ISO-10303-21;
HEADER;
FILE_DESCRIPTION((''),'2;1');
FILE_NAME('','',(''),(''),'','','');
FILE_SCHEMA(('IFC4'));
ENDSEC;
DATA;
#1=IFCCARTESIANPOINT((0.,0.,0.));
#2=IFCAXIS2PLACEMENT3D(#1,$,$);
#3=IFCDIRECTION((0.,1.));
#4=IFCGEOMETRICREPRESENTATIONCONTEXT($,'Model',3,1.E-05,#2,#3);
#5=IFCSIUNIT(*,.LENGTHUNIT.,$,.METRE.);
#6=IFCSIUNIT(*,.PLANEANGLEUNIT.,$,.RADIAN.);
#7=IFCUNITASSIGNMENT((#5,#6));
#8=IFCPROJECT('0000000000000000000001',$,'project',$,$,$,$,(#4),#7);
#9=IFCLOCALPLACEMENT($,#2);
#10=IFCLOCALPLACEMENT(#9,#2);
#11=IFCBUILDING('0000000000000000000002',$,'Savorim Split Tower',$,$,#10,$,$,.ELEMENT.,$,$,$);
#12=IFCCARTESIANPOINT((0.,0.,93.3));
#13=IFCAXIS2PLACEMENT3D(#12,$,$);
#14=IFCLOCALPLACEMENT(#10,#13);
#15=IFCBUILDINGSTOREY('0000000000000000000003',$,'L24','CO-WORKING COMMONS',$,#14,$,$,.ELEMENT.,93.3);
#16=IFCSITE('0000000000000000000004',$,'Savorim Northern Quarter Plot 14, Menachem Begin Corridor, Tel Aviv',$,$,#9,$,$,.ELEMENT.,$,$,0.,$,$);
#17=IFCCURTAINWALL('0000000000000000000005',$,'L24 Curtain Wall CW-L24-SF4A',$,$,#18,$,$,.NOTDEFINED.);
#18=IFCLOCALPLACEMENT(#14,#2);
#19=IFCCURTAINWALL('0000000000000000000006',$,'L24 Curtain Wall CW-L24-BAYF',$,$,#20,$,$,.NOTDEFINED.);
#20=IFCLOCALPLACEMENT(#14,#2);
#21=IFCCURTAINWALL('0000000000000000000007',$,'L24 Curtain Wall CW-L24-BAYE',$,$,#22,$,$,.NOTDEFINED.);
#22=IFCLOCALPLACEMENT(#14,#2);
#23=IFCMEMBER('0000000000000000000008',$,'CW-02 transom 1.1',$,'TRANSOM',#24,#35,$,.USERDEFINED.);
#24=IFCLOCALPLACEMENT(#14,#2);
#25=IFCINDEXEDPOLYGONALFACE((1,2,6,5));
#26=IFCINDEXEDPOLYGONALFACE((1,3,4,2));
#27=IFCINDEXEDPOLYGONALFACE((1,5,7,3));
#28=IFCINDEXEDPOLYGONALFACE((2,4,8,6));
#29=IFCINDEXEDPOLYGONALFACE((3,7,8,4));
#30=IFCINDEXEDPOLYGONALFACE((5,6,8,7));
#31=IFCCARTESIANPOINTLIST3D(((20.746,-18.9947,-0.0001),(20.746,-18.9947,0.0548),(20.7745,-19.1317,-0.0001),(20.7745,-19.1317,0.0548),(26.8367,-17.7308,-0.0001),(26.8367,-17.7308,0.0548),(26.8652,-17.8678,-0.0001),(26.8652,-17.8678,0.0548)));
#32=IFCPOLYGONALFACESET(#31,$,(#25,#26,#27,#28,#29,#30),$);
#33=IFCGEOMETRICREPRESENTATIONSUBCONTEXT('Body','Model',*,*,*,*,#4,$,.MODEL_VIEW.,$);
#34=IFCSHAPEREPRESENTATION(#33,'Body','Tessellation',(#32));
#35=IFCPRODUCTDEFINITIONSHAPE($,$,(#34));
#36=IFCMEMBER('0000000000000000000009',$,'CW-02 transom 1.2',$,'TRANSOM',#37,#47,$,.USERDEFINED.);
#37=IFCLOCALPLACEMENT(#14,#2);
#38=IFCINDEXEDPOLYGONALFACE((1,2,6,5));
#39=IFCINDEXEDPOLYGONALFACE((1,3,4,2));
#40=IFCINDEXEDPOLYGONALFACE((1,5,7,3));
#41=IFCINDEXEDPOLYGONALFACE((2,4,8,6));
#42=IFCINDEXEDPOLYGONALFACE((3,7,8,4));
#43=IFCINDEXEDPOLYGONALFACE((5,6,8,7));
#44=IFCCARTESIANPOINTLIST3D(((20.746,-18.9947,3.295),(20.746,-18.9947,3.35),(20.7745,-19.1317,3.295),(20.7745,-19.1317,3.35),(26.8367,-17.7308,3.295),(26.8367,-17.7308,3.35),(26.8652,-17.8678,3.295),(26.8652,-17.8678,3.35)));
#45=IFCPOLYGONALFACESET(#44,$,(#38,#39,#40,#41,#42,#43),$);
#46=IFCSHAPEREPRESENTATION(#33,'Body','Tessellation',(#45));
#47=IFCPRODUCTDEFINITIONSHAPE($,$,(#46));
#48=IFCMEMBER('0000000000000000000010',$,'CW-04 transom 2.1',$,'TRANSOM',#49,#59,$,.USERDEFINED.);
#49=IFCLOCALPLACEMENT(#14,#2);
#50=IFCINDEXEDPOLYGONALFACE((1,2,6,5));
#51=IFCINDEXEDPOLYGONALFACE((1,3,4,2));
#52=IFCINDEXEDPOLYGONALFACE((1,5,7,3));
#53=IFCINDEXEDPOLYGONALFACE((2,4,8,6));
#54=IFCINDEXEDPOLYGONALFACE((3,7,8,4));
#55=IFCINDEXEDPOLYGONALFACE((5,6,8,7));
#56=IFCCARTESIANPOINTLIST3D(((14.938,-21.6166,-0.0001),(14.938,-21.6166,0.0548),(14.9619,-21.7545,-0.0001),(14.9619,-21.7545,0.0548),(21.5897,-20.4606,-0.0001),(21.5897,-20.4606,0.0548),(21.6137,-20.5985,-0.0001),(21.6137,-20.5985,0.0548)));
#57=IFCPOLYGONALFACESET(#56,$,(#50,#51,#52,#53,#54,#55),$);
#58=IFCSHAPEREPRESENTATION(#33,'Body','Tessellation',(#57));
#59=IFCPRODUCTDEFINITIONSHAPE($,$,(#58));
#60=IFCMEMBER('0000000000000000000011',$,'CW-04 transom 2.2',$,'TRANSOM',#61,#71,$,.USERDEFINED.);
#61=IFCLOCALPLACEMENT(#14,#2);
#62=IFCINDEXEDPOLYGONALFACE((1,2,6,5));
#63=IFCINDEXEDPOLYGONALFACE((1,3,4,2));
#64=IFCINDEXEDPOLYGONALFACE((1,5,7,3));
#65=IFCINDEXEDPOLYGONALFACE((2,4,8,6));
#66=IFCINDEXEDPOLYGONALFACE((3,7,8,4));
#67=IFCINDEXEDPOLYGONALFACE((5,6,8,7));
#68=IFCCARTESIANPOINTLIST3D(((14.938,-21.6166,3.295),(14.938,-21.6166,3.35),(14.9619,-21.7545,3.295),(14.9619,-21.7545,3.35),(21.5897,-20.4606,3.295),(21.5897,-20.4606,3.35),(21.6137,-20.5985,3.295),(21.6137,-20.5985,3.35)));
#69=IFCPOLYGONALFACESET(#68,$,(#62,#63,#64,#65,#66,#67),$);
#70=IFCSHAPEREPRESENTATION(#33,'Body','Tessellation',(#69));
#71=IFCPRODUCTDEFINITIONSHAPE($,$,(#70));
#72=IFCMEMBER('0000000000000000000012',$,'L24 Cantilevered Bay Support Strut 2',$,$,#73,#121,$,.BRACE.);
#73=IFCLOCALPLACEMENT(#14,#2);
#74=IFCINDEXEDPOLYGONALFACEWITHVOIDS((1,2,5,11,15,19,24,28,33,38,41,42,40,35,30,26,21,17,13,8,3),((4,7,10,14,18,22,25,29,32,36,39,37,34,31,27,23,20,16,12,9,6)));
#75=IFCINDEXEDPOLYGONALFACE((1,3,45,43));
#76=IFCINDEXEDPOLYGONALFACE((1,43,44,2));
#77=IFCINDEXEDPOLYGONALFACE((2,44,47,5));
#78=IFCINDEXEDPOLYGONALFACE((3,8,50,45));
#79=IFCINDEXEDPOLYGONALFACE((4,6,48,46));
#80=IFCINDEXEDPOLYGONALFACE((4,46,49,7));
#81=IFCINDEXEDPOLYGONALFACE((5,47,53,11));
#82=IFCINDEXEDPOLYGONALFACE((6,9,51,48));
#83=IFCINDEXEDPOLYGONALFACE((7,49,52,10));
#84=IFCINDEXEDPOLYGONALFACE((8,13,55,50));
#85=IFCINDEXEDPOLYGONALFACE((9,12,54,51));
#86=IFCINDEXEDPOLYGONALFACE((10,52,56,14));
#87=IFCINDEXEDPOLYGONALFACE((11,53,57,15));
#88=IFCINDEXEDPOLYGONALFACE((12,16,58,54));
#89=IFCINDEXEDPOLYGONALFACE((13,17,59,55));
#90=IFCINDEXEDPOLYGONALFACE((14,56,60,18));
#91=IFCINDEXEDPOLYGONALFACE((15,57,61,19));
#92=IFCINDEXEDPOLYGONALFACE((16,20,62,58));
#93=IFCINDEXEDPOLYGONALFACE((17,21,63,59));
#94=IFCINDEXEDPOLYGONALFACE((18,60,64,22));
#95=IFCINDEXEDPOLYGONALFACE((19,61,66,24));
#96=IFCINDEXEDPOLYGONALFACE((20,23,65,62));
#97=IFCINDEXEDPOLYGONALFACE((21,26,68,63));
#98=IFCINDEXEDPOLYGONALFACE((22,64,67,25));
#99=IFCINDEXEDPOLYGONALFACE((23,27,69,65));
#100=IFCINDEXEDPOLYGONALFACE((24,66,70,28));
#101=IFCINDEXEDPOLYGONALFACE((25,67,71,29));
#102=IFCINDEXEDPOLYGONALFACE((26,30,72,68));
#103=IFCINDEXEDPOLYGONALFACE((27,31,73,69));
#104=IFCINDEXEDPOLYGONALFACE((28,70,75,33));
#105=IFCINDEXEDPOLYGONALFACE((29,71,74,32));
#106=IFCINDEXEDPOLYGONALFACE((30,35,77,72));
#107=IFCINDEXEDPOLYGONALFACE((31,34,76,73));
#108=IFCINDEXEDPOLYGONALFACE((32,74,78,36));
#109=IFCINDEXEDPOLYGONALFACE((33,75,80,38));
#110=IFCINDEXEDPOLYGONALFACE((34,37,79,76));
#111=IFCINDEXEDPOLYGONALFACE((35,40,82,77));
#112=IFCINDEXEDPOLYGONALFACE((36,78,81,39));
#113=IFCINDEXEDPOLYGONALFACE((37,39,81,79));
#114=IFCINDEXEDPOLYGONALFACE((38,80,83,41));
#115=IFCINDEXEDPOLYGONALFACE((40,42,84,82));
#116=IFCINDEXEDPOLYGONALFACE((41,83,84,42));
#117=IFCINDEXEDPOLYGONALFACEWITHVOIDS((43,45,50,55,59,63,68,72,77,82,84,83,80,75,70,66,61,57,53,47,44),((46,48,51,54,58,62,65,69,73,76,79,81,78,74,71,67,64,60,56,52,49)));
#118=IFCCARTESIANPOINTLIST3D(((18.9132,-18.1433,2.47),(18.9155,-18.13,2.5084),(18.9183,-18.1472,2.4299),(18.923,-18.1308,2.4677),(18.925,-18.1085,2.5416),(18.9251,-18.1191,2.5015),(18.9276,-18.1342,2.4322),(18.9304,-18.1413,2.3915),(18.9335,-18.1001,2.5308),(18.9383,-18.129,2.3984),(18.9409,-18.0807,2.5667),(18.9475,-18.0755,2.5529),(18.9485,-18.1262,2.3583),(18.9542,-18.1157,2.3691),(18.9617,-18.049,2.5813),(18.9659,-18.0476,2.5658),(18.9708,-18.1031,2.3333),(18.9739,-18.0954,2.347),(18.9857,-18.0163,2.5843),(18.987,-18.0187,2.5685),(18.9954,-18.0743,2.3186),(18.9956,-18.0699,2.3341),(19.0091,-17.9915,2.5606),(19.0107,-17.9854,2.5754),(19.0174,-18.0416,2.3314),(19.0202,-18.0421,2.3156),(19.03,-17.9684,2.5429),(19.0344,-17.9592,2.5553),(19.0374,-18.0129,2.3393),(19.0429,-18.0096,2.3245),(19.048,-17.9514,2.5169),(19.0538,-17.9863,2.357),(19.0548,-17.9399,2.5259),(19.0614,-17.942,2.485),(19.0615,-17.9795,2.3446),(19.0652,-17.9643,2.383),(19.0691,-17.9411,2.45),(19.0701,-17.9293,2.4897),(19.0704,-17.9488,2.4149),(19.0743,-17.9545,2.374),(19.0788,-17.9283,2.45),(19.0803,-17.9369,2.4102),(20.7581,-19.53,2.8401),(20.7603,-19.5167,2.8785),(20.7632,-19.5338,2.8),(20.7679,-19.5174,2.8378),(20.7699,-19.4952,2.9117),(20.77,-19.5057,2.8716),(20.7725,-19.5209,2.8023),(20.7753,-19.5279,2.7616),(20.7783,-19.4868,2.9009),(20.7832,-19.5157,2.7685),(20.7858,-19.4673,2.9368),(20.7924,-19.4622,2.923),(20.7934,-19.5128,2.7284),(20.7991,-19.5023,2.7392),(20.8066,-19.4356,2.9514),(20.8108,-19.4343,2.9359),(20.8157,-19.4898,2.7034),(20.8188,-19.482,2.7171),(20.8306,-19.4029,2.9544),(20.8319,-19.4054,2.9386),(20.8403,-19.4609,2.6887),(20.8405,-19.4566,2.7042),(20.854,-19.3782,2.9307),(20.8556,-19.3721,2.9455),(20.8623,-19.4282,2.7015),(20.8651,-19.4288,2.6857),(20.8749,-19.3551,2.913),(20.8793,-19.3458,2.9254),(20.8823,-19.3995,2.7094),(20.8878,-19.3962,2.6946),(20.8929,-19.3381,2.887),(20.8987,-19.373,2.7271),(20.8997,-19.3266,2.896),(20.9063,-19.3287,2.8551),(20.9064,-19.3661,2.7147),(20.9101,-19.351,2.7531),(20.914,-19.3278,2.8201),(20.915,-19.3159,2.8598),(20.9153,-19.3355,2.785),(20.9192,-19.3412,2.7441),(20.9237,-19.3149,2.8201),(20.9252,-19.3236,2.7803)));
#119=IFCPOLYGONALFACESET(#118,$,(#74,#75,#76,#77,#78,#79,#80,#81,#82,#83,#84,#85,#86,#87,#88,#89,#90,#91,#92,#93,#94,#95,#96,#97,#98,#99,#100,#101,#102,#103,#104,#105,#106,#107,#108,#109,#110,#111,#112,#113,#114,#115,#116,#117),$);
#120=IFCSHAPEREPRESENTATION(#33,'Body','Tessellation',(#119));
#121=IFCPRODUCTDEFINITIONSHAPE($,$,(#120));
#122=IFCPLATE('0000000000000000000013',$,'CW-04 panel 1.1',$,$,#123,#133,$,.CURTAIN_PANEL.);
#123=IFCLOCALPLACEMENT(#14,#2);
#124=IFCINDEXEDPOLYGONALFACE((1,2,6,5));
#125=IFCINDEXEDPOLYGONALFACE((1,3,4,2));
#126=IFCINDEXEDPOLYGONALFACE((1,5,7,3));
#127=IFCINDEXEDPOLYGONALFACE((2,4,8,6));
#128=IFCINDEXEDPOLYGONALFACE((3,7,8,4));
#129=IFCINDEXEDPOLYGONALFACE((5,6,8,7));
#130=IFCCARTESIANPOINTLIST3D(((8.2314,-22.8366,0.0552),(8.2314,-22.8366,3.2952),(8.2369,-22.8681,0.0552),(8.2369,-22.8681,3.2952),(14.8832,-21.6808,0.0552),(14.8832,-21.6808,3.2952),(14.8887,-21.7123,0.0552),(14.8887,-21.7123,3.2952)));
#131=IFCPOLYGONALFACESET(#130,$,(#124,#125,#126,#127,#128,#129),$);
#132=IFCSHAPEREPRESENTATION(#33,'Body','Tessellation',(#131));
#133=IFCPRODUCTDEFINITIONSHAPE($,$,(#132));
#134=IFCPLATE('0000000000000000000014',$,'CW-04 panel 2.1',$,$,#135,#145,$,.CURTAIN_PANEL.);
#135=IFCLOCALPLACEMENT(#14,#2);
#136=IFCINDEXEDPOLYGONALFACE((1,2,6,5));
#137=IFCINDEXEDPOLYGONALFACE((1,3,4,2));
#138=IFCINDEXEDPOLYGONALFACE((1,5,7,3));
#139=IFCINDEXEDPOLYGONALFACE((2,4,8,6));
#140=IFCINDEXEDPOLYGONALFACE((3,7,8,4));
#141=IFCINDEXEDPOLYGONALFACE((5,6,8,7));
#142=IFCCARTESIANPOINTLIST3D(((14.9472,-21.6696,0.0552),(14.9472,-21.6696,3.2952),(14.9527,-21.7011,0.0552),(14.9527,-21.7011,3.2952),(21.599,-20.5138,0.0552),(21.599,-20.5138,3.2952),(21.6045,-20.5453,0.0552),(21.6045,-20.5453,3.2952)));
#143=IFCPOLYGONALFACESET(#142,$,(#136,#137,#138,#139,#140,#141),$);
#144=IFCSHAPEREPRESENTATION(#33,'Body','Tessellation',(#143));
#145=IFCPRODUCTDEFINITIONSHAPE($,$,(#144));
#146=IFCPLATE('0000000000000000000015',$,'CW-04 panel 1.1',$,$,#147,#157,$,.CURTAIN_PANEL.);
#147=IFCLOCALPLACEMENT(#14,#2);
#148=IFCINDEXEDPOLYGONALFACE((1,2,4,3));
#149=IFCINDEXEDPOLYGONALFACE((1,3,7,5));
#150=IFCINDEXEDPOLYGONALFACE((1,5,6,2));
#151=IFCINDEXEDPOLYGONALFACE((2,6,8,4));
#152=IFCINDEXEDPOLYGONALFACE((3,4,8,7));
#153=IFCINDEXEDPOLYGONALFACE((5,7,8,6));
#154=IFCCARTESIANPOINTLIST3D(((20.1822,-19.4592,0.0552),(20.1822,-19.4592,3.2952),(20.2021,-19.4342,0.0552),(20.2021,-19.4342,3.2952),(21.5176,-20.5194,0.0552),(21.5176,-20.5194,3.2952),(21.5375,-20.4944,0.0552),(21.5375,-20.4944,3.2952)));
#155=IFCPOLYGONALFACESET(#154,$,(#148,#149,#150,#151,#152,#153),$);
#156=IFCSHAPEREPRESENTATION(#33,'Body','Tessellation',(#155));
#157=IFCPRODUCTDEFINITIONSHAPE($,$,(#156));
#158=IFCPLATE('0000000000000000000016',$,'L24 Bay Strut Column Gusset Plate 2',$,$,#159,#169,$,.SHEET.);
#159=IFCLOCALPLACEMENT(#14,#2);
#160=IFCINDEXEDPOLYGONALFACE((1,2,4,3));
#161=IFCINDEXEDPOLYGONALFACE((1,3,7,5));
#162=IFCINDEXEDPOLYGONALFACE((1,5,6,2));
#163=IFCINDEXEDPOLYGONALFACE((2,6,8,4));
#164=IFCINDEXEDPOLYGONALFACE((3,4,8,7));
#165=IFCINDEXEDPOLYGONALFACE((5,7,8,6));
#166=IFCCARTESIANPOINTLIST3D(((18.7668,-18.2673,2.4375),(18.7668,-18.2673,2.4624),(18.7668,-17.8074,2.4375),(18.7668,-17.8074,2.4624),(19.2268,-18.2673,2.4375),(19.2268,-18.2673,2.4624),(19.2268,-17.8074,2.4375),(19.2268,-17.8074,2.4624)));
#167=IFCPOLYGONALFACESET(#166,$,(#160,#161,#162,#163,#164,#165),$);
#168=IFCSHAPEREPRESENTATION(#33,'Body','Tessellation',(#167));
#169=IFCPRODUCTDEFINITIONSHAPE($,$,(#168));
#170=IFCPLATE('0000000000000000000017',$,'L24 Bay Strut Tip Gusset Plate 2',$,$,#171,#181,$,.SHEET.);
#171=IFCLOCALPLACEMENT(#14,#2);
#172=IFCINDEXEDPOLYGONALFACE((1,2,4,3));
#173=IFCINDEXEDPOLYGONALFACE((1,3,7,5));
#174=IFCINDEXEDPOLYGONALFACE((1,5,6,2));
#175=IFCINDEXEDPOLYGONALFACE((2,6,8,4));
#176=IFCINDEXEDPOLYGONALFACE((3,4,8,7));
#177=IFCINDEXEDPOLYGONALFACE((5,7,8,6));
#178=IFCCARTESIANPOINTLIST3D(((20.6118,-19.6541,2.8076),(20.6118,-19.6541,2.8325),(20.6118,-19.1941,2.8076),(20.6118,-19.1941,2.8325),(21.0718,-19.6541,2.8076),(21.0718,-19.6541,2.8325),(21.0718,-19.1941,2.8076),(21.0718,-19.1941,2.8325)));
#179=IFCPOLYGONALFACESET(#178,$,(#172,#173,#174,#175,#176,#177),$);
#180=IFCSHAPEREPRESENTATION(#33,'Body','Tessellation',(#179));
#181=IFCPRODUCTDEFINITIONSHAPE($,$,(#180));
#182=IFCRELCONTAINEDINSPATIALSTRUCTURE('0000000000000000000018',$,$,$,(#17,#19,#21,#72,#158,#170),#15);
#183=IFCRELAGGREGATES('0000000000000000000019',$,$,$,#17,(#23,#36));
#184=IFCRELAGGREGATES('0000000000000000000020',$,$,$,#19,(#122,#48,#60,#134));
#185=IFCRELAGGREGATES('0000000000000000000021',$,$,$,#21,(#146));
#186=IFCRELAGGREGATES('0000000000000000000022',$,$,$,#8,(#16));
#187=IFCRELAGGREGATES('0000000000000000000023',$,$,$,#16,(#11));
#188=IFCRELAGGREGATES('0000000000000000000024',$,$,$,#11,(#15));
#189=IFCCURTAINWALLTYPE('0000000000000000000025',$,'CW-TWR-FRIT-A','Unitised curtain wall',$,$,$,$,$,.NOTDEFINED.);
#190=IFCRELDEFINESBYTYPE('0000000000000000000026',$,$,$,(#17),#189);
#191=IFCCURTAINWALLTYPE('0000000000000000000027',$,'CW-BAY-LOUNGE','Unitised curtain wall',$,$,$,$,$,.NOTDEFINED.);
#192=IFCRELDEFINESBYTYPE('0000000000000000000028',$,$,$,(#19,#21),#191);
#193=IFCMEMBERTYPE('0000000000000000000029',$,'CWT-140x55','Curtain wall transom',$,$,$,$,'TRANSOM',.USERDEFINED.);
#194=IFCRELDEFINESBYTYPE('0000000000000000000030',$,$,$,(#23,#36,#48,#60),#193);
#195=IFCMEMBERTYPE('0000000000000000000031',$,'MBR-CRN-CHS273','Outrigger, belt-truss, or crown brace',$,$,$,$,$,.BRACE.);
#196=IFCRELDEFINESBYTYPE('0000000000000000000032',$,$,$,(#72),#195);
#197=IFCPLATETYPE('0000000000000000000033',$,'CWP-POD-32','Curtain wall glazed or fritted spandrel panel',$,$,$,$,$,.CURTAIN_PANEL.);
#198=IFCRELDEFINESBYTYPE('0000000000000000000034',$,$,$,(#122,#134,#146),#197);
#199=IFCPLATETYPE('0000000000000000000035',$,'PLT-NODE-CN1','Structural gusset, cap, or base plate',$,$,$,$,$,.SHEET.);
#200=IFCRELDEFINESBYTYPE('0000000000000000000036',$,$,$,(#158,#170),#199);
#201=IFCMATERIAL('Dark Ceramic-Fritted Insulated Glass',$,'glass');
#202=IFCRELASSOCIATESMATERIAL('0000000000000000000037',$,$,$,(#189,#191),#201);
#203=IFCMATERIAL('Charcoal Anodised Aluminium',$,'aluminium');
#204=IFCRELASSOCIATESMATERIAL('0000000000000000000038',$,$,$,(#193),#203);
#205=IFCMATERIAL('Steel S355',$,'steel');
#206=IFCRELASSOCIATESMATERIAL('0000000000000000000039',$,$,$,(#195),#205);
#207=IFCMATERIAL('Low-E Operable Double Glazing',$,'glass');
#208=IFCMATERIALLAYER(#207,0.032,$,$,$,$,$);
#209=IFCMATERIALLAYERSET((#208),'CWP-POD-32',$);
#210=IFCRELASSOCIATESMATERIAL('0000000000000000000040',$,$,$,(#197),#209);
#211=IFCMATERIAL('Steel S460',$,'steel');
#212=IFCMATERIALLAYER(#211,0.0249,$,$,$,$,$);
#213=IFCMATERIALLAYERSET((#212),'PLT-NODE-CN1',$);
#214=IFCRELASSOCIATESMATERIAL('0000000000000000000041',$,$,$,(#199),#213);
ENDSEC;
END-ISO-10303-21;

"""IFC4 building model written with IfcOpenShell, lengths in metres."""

from ifc_helpers import new_model, si_unit, direction, frame, origin, origin_2d, place, context, subcontext, project, spatial, rectangle, hollow_circle, extrude, material, layer, layer_set, material_profile, profile_set, type_object, element, aggregate, save


model = new_model("IFC4")

# Units and contexts
model_context = context("Model", 3, precision=1e-05, world=origin(), true_north=direction((0.0, 1.0)))
body_context = subcontext(model_context, "Body", "Model", "MODEL_VIEW")
ifc_project = project(units=[si_unit("LENGTHUNIT", "METRE"), si_unit("PLANEANGLEUNIT", "RADIAN")], contexts=[model_context])

# Site, building, storey
site_placement = place(None, origin())
site = spatial("IfcSite", under=ifc_project, at=site_placement, Name="Savorim Northern Quarter Plot 14, Menachem Begin Corridor, Tel Aviv", CompositionType="ELEMENT", RefElevation=0.0)
building_placement = place(site_placement, origin())
building = spatial("IfcBuilding", under=site, at=building_placement, Name="Savorim Split Tower", CompositionType="ELEMENT")
storey_placement = place(building_placement, frame((0.0, 0.0, 93.3)))
storey = spatial("IfcBuildingStorey", under=building, at=storey_placement, Name="L24", Description="CO-WORKING COMMONS", CompositionType="ELEMENT", Elevation=93.3)

# Shared definitions
ifc_material_1 = material(Name="Steel S460", Category="steel")

# Shared definitions
ifc_material_2 = material(Name="Steel S355", Category="steel")

# Curtain walls
ifc_material_3 = material(Name="Dark Ceramic-Fritted Insulated Glass", Category="glass")
curtain_wall_type_1 = type_object("IfcCurtainWallType", Name="CW-TWR-FRIT-A", Description="Unitised curtain wall", PredefinedType="NOTDEFINED", material=ifc_material_3)
curtain_wall_1_placement = place(storey_placement, origin())
curtain_wall_1 = element("IfcCurtainWall", 1, at=curtain_wall_1_placement, inside=storey, type_object=curtain_wall_type_1, Name="L24 Curtain Wall CW-L24-SF4A", PredefinedType="NOTDEFINED")
ifc_material_4 = material(Name="Charcoal Anodised Aluminium", Category="aluminium")
curtain_wall_type_2 = type_object("IfcCurtainWallType", Name="CW-BAY-LOUNGE", Description="Unitised curtain wall", PredefinedType="NOTDEFINED", material=ifc_material_3)
curtain_wall_2_placement = place(storey_placement, origin())
curtain_wall_2 = element("IfcCurtainWall", 2, at=curtain_wall_2_placement, inside=storey, type_object=curtain_wall_type_2, Name="L24 Curtain Wall CW-L24-BAYF", PredefinedType="NOTDEFINED")
curtain_wall_3_placement = place(storey_placement, origin())
curtain_wall_3 = element("IfcCurtainWall", 3, at=curtain_wall_3_placement, inside=storey, type_object=curtain_wall_type_2, Name="L24 Curtain Wall CW-L24-BAYE", PredefinedType="NOTDEFINED")

# Members
ifc_material_profile_1 = material_profile(ifc_material_4, rectangle(XDim=0.1399, YDim=0.0549, at=origin_2d()), Name="ALU-T 140x55")
ifc_profile_set_1 = profile_set([ifc_material_profile_1], Name="Charcoal Anodised Aluminium")
member_type_1 = type_object("IfcMemberType", Name="CWT-140x55", Description="Curtain wall transom", ElementType="TRANSOM", PredefinedType="USERDEFINED", material=ifc_profile_set_1)
member_1_placement = place(storey_placement, frame((20.7603, -19.0632, 0.0273), z_axis=(0.979139, 0.203191, 0.0), x_axis=(-0.203191, 0.979139, 0.0)))
member_1 = element("IfcMember", 4, at=member_1_placement, type_object=member_type_1, Name="CW-02 transom 1.1", ObjectType="TRANSOM", PredefinedType="USERDEFINED", context=body_context, shape_type="SweptSolid", body=[
    extrude(rectangle(XDim=0.1399, YDim=0.0549, at=origin_2d()), origin(), (0.0, 0.0, 1.0), 6.2205),
])
member_2_placement = place(storey_placement, frame((20.7603, -19.0632, 3.3225), z_axis=(0.979139, 0.203191, 0.0), x_axis=(-0.203191, 0.979139, 0.0)))
member_2 = element("IfcMember", 5, at=member_2_placement, type_object=member_type_1, Name="CW-02 transom 1.2", ObjectType="TRANSOM", PredefinedType="USERDEFINED", context=body_context, shape_type="SweptSolid", body=[
    extrude(rectangle(XDim=0.1399, YDim=0.0549, at=origin_2d()), origin(), (0.0, 0.0, 1.0), 6.2205),
])
aggregate(curtain_wall_1, [member_1, member_2])
member_3_placement = place(storey_placement, frame((14.95, -21.6855, 0.0273), z_axis=(0.985233, 0.171221, 0.0), x_axis=(-0.171221, 0.985233, 0.0)))
member_3 = element("IfcMember", 6, at=member_3_placement, type_object=member_type_1, Name="CW-04 transom 2.1", ObjectType="TRANSOM", PredefinedType="USERDEFINED", context=body_context, shape_type="SweptSolid", body=[
    extrude(rectangle(XDim=0.1399, YDim=0.0549, at=origin_2d()), origin(), (0.0, 0.0, 1.0), 6.7515),
])
member_4_placement = place(storey_placement, frame((14.95, -21.6855, 3.3225), z_axis=(0.985233, 0.171221, 0.0), x_axis=(-0.171221, 0.985233, 0.0)))
member_4 = element("IfcMember", 7, at=member_4_placement, type_object=member_type_1, Name="CW-04 transom 2.2", ObjectType="TRANSOM", PredefinedType="USERDEFINED", context=body_context, shape_type="SweptSolid", body=[
    extrude(rectangle(XDim=0.1399, YDim=0.0549, at=origin_2d()), origin(), (0.0, 0.0, 1.0), 6.7515),
])
ifc_material_profile_2 = material_profile(ifc_material_2, hollow_circle(Radius=0.1365, WallThickness=0.0161, at=origin_2d()), Name="CHS 273x16")
ifc_profile_set_2 = profile_set([ifc_material_profile_2], Name="Steel S355")
member_type_2 = type_object("IfcMemberType", Name="MBR-CRN-CHS273", Description="Outrigger, belt-truss, or crown brace", PredefinedType="BRACE", material=ifc_profile_set_2)
member_5_placement = place(storey_placement, frame((18.9968, -18.0374, 2.45), z_axis=(0.789293, -0.593249, 0.158339), x_axis=(0.600829, 0.799378, 0.0)))
element("IfcMember", 8, at=member_5_placement, inside=storey, type_object=member_type_2, Name="L24 Cantilevered Bay Support Strut 2", PredefinedType="BRACE", context=body_context, shape_type="SweptSolid", body=[
    extrude(hollow_circle(Radius=0.1365, WallThickness=0.0161, at=origin_2d()), origin(), (0.0, 0.0, 1.0), 2.3374),
])

# Plates
ifc_material_5 = material(Name="Low-E Operable Double Glazing", Category="glass")
ifc_layer_1 = layer(ifc_material_5, 0.032)
ifc_layer_set_1 = layer_set([ifc_layer_1], Name="CWP-POD-32")
plate_type_1 = type_object("IfcPlateType", Name="CWP-POD-32", Description="Curtain wall glazed or fritted spandrel panel", PredefinedType="CURTAIN_PANEL", material=ifc_layer_set_1)
plate_1_placement = place(storey_placement, frame((11.5601, -22.2744, 0.0552), z_axis=(0.0, 0.0, 1.0), x_axis=(0.985238, 0.171191, 0.0)))
plate_1 = element("IfcPlate", 9, at=plate_1_placement, type_object=plate_type_1, Name="CW-04 panel 1.1", PredefinedType="CURTAIN_PANEL", context=body_context, shape_type="SweptSolid", body=[
    extrude(rectangle(XDim=6.7515, YDim=0.032, at=origin_2d()), origin(), (0.0, 0.0, 1.0), 3.24),
])
plate_2_placement = place(storey_placement, frame((18.2759, -21.1074, 0.0552), z_axis=(0.0, 0.0, 1.0), x_axis=(0.985238, 0.171191, 0.0)))
plate_2 = element("IfcPlate", 10, at=plate_2_placement, type_object=plate_type_1, Name="CW-04 panel 2.1", PredefinedType="CURTAIN_PANEL", context=body_context, shape_type="SweptSolid", body=[
    extrude(rectangle(XDim=6.7515, YDim=0.032, at=origin_2d()), origin(), (0.0, 0.0, 1.0), 3.24),
])
aggregate(curtain_wall_2, [plate_1, member_3, member_4, plate_2])
plate_3_placement = place(storey_placement, frame((20.8599, -19.9768, 0.0552), z_axis=(0.0, 0.0, 1.0), x_axis=(-0.783171, 0.621806, 0.0)))
plate_3 = element("IfcPlate", 11, at=plate_3_placement, type_object=plate_type_1, Name="CW-04 panel 1.1", PredefinedType="CURTAIN_PANEL", context=body_context, shape_type="SweptSolid", body=[
    extrude(rectangle(XDim=1.7051, YDim=0.032, at=origin_2d()), origin(), (0.0, 0.0, 1.0), 3.24),
])
aggregate(curtain_wall_3, [plate_3])

# Plates
ifc_layer_2 = layer(ifc_material_1, 0.0249)
ifc_layer_set_2 = layer_set([ifc_layer_2], Name="PLT-NODE-CN1")
plate_type_2 = type_object("IfcPlateType", Name="PLT-NODE-CN1", Description="Structural gusset, cap, or base plate", PredefinedType="SHEET", material=ifc_layer_set_2)
for number, where, z_axis, x_axis, name in (
    (12, (18.9968, -18.0374, 2.4375), (0.0, 0.0, 1.0), (1.0, 0.0, 0.0), "L24 Bay Strut Column Gusset Plate 2"),
    (13, (20.8418, -19.4241, 2.8076), (0.0, 0.0, 1.0), (1.0, 0.0, 0.0), "L24 Bay Strut Tip Gusset Plate 2"),
):
    element("IfcPlate", number, at=place(storey_placement, frame(where, z_axis=z_axis, x_axis=x_axis)), inside=storey, type_object=plate_type_2, Name=name, PredefinedType="SHEET", context=body_context, shape_type="SweptSolid", body=[
        extrude(rectangle(XDim=0.46, YDim=0.46, at=origin_2d()), origin(), (0.0, 0.0, 1.0), 0.0249),
    ])

save(model, "model.ifc")
